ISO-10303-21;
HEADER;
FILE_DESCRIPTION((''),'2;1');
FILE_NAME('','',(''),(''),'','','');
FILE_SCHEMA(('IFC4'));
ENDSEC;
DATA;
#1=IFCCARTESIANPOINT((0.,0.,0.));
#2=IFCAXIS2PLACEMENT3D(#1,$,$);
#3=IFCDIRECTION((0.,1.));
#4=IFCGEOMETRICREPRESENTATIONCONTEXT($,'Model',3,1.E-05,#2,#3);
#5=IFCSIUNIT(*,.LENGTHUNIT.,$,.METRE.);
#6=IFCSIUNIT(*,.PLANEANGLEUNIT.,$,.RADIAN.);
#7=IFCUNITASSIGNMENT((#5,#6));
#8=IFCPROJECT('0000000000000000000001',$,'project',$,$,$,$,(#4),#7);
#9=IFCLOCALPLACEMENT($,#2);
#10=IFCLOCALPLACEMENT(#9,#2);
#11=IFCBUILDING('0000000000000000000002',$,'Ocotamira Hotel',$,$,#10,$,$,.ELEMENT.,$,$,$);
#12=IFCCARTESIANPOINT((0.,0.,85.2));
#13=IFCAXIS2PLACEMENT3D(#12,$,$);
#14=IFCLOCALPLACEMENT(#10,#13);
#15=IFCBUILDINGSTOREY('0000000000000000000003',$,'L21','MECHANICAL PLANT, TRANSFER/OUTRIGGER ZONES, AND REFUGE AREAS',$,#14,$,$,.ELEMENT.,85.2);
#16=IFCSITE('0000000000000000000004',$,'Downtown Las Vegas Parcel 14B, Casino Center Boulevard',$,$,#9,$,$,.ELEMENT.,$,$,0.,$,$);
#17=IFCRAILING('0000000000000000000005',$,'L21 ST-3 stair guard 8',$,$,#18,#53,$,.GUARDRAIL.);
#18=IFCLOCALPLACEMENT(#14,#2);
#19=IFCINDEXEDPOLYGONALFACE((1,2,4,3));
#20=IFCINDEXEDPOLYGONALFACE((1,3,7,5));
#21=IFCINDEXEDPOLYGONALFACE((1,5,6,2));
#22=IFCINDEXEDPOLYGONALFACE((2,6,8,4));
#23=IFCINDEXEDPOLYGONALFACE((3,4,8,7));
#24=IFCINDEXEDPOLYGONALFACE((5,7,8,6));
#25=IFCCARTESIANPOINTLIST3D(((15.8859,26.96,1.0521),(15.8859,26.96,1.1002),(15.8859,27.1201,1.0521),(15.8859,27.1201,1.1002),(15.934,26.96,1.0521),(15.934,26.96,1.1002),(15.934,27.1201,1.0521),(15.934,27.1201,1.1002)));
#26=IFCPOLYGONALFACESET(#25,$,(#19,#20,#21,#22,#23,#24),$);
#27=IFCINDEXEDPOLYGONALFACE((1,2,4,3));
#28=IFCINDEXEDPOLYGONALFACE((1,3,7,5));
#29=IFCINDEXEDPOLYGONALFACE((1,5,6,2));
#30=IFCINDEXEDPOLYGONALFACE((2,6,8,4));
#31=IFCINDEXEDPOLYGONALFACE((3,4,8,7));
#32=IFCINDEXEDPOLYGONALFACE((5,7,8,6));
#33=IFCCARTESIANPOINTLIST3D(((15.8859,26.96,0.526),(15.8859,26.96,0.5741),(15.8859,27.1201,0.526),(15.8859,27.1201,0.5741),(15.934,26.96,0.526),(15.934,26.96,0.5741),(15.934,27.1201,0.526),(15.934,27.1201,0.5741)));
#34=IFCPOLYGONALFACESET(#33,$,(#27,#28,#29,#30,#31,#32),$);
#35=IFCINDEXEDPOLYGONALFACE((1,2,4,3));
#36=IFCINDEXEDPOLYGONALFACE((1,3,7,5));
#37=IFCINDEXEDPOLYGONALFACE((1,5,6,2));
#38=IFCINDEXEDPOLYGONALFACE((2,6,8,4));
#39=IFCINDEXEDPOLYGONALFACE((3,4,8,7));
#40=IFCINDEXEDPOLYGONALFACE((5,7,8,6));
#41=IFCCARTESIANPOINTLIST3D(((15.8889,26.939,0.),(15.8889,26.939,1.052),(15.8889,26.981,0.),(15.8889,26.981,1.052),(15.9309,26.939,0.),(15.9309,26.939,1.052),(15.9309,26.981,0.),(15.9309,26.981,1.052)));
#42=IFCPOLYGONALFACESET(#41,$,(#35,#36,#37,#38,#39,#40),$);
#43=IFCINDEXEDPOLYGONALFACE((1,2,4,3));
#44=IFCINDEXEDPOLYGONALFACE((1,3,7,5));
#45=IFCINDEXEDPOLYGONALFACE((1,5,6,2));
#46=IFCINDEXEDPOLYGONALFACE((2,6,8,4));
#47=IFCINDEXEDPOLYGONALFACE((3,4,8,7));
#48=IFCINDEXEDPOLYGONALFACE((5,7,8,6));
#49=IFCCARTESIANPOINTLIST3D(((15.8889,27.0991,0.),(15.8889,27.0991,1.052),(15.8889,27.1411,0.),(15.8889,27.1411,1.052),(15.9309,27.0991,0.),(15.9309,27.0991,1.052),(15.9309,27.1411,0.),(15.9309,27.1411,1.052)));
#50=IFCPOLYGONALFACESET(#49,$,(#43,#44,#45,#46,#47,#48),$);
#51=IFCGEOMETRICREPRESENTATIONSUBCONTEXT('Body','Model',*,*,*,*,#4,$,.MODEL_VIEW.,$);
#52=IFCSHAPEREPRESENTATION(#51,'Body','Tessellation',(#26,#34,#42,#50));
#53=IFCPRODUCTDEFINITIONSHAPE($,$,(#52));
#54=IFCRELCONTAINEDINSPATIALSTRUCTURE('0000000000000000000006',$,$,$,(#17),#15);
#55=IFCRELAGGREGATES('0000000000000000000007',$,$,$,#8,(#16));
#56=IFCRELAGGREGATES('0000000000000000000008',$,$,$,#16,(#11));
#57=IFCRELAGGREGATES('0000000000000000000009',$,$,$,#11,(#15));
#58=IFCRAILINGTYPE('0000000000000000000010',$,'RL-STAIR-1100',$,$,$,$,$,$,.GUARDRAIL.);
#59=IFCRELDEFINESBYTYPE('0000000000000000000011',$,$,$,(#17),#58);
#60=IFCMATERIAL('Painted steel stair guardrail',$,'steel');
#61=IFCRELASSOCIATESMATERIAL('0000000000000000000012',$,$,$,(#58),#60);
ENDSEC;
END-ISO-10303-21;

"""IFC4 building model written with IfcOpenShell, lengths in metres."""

from ifc_helpers import new_model, si_unit, direction, frame, origin, origin_2d, place, context, subcontext, project, spatial, rectangle, extrude, material, type_object, element, save


model = new_model("IFC4")

# Units and contexts
model_context = context("Model", 3, precision=1e-05, world=origin(), true_north=direction((0.0, 1.0)))
body_context = subcontext(model_context, "Body", "Model", "MODEL_VIEW")
ifc_project = project(units=[si_unit("LENGTHUNIT", "METRE"), si_unit("PLANEANGLEUNIT", "RADIAN")], contexts=[model_context])

# Site, building, storey
site_placement = place(None, origin())
site = spatial("IfcSite", under=ifc_project, at=site_placement, Name="Downtown Las Vegas Parcel 14B, Casino Center Boulevard", CompositionType="ELEMENT", RefElevation=0.0)
building_placement = place(site_placement, origin())
building = spatial("IfcBuilding", under=site, at=building_placement, Name="Ocotamira Hotel", CompositionType="ELEMENT")
storey_placement = place(building_placement, frame((0.0, 0.0, 85.2)))
storey = spatial("IfcBuildingStorey", under=building, at=storey_placement, Name="L21", Description="MECHANICAL PLANT, TRANSFER/OUTRIGGER ZONES, AND REFUGE AREAS", CompositionType="ELEMENT", Elevation=85.2)

# Railing
ifc_material_1 = material(Name="Painted steel stair guardrail", Category="steel")
railing_type_1 = type_object("IfcRailingType", Name="RL-STAIR-1100", PredefinedType="GUARDRAIL", material=ifc_material_1)
railing_1_placement = place(storey_placement, frame((15.9099, 26.96, 0.0)))
element("IfcRailing", 1, at=railing_1_placement, inside=storey, type_object=railing_type_1, Name="L21 ST-3 stair guard 8", PredefinedType="GUARDRAIL", context=body_context, shape_type="SweptSolid", body=[
    extrude(rectangle(XDim=0.0481, YDim=0.0481, at=origin_2d()), frame((0.0, 0.0, 1.0762), z_axis=(0.0, 1.0, 0.0), x_axis=(-1.0, 0.0, 0.0)), (0.0, 0.0, 1.0), 0.1602),
    extrude(rectangle(XDim=0.0481, YDim=0.0481, at=origin_2d()), frame((0.0, 0.0, 0.55), z_axis=(0.0, 1.0, 0.0), x_axis=(-1.0, 0.0, 0.0)), (0.0, 0.0, 1.0), 0.1602),
    extrude(rectangle(XDim=0.042, YDim=0.042, at=origin_2d()), origin(), (0.0, 0.0, 1.0), 1.052),
    extrude(rectangle(XDim=0.042, YDim=0.042, at=origin_2d()), frame((0.0, 0.1602, 0.0)), (0.0, 0.0, 1.0), 1.052),
])

save(model, "model.ifc")
